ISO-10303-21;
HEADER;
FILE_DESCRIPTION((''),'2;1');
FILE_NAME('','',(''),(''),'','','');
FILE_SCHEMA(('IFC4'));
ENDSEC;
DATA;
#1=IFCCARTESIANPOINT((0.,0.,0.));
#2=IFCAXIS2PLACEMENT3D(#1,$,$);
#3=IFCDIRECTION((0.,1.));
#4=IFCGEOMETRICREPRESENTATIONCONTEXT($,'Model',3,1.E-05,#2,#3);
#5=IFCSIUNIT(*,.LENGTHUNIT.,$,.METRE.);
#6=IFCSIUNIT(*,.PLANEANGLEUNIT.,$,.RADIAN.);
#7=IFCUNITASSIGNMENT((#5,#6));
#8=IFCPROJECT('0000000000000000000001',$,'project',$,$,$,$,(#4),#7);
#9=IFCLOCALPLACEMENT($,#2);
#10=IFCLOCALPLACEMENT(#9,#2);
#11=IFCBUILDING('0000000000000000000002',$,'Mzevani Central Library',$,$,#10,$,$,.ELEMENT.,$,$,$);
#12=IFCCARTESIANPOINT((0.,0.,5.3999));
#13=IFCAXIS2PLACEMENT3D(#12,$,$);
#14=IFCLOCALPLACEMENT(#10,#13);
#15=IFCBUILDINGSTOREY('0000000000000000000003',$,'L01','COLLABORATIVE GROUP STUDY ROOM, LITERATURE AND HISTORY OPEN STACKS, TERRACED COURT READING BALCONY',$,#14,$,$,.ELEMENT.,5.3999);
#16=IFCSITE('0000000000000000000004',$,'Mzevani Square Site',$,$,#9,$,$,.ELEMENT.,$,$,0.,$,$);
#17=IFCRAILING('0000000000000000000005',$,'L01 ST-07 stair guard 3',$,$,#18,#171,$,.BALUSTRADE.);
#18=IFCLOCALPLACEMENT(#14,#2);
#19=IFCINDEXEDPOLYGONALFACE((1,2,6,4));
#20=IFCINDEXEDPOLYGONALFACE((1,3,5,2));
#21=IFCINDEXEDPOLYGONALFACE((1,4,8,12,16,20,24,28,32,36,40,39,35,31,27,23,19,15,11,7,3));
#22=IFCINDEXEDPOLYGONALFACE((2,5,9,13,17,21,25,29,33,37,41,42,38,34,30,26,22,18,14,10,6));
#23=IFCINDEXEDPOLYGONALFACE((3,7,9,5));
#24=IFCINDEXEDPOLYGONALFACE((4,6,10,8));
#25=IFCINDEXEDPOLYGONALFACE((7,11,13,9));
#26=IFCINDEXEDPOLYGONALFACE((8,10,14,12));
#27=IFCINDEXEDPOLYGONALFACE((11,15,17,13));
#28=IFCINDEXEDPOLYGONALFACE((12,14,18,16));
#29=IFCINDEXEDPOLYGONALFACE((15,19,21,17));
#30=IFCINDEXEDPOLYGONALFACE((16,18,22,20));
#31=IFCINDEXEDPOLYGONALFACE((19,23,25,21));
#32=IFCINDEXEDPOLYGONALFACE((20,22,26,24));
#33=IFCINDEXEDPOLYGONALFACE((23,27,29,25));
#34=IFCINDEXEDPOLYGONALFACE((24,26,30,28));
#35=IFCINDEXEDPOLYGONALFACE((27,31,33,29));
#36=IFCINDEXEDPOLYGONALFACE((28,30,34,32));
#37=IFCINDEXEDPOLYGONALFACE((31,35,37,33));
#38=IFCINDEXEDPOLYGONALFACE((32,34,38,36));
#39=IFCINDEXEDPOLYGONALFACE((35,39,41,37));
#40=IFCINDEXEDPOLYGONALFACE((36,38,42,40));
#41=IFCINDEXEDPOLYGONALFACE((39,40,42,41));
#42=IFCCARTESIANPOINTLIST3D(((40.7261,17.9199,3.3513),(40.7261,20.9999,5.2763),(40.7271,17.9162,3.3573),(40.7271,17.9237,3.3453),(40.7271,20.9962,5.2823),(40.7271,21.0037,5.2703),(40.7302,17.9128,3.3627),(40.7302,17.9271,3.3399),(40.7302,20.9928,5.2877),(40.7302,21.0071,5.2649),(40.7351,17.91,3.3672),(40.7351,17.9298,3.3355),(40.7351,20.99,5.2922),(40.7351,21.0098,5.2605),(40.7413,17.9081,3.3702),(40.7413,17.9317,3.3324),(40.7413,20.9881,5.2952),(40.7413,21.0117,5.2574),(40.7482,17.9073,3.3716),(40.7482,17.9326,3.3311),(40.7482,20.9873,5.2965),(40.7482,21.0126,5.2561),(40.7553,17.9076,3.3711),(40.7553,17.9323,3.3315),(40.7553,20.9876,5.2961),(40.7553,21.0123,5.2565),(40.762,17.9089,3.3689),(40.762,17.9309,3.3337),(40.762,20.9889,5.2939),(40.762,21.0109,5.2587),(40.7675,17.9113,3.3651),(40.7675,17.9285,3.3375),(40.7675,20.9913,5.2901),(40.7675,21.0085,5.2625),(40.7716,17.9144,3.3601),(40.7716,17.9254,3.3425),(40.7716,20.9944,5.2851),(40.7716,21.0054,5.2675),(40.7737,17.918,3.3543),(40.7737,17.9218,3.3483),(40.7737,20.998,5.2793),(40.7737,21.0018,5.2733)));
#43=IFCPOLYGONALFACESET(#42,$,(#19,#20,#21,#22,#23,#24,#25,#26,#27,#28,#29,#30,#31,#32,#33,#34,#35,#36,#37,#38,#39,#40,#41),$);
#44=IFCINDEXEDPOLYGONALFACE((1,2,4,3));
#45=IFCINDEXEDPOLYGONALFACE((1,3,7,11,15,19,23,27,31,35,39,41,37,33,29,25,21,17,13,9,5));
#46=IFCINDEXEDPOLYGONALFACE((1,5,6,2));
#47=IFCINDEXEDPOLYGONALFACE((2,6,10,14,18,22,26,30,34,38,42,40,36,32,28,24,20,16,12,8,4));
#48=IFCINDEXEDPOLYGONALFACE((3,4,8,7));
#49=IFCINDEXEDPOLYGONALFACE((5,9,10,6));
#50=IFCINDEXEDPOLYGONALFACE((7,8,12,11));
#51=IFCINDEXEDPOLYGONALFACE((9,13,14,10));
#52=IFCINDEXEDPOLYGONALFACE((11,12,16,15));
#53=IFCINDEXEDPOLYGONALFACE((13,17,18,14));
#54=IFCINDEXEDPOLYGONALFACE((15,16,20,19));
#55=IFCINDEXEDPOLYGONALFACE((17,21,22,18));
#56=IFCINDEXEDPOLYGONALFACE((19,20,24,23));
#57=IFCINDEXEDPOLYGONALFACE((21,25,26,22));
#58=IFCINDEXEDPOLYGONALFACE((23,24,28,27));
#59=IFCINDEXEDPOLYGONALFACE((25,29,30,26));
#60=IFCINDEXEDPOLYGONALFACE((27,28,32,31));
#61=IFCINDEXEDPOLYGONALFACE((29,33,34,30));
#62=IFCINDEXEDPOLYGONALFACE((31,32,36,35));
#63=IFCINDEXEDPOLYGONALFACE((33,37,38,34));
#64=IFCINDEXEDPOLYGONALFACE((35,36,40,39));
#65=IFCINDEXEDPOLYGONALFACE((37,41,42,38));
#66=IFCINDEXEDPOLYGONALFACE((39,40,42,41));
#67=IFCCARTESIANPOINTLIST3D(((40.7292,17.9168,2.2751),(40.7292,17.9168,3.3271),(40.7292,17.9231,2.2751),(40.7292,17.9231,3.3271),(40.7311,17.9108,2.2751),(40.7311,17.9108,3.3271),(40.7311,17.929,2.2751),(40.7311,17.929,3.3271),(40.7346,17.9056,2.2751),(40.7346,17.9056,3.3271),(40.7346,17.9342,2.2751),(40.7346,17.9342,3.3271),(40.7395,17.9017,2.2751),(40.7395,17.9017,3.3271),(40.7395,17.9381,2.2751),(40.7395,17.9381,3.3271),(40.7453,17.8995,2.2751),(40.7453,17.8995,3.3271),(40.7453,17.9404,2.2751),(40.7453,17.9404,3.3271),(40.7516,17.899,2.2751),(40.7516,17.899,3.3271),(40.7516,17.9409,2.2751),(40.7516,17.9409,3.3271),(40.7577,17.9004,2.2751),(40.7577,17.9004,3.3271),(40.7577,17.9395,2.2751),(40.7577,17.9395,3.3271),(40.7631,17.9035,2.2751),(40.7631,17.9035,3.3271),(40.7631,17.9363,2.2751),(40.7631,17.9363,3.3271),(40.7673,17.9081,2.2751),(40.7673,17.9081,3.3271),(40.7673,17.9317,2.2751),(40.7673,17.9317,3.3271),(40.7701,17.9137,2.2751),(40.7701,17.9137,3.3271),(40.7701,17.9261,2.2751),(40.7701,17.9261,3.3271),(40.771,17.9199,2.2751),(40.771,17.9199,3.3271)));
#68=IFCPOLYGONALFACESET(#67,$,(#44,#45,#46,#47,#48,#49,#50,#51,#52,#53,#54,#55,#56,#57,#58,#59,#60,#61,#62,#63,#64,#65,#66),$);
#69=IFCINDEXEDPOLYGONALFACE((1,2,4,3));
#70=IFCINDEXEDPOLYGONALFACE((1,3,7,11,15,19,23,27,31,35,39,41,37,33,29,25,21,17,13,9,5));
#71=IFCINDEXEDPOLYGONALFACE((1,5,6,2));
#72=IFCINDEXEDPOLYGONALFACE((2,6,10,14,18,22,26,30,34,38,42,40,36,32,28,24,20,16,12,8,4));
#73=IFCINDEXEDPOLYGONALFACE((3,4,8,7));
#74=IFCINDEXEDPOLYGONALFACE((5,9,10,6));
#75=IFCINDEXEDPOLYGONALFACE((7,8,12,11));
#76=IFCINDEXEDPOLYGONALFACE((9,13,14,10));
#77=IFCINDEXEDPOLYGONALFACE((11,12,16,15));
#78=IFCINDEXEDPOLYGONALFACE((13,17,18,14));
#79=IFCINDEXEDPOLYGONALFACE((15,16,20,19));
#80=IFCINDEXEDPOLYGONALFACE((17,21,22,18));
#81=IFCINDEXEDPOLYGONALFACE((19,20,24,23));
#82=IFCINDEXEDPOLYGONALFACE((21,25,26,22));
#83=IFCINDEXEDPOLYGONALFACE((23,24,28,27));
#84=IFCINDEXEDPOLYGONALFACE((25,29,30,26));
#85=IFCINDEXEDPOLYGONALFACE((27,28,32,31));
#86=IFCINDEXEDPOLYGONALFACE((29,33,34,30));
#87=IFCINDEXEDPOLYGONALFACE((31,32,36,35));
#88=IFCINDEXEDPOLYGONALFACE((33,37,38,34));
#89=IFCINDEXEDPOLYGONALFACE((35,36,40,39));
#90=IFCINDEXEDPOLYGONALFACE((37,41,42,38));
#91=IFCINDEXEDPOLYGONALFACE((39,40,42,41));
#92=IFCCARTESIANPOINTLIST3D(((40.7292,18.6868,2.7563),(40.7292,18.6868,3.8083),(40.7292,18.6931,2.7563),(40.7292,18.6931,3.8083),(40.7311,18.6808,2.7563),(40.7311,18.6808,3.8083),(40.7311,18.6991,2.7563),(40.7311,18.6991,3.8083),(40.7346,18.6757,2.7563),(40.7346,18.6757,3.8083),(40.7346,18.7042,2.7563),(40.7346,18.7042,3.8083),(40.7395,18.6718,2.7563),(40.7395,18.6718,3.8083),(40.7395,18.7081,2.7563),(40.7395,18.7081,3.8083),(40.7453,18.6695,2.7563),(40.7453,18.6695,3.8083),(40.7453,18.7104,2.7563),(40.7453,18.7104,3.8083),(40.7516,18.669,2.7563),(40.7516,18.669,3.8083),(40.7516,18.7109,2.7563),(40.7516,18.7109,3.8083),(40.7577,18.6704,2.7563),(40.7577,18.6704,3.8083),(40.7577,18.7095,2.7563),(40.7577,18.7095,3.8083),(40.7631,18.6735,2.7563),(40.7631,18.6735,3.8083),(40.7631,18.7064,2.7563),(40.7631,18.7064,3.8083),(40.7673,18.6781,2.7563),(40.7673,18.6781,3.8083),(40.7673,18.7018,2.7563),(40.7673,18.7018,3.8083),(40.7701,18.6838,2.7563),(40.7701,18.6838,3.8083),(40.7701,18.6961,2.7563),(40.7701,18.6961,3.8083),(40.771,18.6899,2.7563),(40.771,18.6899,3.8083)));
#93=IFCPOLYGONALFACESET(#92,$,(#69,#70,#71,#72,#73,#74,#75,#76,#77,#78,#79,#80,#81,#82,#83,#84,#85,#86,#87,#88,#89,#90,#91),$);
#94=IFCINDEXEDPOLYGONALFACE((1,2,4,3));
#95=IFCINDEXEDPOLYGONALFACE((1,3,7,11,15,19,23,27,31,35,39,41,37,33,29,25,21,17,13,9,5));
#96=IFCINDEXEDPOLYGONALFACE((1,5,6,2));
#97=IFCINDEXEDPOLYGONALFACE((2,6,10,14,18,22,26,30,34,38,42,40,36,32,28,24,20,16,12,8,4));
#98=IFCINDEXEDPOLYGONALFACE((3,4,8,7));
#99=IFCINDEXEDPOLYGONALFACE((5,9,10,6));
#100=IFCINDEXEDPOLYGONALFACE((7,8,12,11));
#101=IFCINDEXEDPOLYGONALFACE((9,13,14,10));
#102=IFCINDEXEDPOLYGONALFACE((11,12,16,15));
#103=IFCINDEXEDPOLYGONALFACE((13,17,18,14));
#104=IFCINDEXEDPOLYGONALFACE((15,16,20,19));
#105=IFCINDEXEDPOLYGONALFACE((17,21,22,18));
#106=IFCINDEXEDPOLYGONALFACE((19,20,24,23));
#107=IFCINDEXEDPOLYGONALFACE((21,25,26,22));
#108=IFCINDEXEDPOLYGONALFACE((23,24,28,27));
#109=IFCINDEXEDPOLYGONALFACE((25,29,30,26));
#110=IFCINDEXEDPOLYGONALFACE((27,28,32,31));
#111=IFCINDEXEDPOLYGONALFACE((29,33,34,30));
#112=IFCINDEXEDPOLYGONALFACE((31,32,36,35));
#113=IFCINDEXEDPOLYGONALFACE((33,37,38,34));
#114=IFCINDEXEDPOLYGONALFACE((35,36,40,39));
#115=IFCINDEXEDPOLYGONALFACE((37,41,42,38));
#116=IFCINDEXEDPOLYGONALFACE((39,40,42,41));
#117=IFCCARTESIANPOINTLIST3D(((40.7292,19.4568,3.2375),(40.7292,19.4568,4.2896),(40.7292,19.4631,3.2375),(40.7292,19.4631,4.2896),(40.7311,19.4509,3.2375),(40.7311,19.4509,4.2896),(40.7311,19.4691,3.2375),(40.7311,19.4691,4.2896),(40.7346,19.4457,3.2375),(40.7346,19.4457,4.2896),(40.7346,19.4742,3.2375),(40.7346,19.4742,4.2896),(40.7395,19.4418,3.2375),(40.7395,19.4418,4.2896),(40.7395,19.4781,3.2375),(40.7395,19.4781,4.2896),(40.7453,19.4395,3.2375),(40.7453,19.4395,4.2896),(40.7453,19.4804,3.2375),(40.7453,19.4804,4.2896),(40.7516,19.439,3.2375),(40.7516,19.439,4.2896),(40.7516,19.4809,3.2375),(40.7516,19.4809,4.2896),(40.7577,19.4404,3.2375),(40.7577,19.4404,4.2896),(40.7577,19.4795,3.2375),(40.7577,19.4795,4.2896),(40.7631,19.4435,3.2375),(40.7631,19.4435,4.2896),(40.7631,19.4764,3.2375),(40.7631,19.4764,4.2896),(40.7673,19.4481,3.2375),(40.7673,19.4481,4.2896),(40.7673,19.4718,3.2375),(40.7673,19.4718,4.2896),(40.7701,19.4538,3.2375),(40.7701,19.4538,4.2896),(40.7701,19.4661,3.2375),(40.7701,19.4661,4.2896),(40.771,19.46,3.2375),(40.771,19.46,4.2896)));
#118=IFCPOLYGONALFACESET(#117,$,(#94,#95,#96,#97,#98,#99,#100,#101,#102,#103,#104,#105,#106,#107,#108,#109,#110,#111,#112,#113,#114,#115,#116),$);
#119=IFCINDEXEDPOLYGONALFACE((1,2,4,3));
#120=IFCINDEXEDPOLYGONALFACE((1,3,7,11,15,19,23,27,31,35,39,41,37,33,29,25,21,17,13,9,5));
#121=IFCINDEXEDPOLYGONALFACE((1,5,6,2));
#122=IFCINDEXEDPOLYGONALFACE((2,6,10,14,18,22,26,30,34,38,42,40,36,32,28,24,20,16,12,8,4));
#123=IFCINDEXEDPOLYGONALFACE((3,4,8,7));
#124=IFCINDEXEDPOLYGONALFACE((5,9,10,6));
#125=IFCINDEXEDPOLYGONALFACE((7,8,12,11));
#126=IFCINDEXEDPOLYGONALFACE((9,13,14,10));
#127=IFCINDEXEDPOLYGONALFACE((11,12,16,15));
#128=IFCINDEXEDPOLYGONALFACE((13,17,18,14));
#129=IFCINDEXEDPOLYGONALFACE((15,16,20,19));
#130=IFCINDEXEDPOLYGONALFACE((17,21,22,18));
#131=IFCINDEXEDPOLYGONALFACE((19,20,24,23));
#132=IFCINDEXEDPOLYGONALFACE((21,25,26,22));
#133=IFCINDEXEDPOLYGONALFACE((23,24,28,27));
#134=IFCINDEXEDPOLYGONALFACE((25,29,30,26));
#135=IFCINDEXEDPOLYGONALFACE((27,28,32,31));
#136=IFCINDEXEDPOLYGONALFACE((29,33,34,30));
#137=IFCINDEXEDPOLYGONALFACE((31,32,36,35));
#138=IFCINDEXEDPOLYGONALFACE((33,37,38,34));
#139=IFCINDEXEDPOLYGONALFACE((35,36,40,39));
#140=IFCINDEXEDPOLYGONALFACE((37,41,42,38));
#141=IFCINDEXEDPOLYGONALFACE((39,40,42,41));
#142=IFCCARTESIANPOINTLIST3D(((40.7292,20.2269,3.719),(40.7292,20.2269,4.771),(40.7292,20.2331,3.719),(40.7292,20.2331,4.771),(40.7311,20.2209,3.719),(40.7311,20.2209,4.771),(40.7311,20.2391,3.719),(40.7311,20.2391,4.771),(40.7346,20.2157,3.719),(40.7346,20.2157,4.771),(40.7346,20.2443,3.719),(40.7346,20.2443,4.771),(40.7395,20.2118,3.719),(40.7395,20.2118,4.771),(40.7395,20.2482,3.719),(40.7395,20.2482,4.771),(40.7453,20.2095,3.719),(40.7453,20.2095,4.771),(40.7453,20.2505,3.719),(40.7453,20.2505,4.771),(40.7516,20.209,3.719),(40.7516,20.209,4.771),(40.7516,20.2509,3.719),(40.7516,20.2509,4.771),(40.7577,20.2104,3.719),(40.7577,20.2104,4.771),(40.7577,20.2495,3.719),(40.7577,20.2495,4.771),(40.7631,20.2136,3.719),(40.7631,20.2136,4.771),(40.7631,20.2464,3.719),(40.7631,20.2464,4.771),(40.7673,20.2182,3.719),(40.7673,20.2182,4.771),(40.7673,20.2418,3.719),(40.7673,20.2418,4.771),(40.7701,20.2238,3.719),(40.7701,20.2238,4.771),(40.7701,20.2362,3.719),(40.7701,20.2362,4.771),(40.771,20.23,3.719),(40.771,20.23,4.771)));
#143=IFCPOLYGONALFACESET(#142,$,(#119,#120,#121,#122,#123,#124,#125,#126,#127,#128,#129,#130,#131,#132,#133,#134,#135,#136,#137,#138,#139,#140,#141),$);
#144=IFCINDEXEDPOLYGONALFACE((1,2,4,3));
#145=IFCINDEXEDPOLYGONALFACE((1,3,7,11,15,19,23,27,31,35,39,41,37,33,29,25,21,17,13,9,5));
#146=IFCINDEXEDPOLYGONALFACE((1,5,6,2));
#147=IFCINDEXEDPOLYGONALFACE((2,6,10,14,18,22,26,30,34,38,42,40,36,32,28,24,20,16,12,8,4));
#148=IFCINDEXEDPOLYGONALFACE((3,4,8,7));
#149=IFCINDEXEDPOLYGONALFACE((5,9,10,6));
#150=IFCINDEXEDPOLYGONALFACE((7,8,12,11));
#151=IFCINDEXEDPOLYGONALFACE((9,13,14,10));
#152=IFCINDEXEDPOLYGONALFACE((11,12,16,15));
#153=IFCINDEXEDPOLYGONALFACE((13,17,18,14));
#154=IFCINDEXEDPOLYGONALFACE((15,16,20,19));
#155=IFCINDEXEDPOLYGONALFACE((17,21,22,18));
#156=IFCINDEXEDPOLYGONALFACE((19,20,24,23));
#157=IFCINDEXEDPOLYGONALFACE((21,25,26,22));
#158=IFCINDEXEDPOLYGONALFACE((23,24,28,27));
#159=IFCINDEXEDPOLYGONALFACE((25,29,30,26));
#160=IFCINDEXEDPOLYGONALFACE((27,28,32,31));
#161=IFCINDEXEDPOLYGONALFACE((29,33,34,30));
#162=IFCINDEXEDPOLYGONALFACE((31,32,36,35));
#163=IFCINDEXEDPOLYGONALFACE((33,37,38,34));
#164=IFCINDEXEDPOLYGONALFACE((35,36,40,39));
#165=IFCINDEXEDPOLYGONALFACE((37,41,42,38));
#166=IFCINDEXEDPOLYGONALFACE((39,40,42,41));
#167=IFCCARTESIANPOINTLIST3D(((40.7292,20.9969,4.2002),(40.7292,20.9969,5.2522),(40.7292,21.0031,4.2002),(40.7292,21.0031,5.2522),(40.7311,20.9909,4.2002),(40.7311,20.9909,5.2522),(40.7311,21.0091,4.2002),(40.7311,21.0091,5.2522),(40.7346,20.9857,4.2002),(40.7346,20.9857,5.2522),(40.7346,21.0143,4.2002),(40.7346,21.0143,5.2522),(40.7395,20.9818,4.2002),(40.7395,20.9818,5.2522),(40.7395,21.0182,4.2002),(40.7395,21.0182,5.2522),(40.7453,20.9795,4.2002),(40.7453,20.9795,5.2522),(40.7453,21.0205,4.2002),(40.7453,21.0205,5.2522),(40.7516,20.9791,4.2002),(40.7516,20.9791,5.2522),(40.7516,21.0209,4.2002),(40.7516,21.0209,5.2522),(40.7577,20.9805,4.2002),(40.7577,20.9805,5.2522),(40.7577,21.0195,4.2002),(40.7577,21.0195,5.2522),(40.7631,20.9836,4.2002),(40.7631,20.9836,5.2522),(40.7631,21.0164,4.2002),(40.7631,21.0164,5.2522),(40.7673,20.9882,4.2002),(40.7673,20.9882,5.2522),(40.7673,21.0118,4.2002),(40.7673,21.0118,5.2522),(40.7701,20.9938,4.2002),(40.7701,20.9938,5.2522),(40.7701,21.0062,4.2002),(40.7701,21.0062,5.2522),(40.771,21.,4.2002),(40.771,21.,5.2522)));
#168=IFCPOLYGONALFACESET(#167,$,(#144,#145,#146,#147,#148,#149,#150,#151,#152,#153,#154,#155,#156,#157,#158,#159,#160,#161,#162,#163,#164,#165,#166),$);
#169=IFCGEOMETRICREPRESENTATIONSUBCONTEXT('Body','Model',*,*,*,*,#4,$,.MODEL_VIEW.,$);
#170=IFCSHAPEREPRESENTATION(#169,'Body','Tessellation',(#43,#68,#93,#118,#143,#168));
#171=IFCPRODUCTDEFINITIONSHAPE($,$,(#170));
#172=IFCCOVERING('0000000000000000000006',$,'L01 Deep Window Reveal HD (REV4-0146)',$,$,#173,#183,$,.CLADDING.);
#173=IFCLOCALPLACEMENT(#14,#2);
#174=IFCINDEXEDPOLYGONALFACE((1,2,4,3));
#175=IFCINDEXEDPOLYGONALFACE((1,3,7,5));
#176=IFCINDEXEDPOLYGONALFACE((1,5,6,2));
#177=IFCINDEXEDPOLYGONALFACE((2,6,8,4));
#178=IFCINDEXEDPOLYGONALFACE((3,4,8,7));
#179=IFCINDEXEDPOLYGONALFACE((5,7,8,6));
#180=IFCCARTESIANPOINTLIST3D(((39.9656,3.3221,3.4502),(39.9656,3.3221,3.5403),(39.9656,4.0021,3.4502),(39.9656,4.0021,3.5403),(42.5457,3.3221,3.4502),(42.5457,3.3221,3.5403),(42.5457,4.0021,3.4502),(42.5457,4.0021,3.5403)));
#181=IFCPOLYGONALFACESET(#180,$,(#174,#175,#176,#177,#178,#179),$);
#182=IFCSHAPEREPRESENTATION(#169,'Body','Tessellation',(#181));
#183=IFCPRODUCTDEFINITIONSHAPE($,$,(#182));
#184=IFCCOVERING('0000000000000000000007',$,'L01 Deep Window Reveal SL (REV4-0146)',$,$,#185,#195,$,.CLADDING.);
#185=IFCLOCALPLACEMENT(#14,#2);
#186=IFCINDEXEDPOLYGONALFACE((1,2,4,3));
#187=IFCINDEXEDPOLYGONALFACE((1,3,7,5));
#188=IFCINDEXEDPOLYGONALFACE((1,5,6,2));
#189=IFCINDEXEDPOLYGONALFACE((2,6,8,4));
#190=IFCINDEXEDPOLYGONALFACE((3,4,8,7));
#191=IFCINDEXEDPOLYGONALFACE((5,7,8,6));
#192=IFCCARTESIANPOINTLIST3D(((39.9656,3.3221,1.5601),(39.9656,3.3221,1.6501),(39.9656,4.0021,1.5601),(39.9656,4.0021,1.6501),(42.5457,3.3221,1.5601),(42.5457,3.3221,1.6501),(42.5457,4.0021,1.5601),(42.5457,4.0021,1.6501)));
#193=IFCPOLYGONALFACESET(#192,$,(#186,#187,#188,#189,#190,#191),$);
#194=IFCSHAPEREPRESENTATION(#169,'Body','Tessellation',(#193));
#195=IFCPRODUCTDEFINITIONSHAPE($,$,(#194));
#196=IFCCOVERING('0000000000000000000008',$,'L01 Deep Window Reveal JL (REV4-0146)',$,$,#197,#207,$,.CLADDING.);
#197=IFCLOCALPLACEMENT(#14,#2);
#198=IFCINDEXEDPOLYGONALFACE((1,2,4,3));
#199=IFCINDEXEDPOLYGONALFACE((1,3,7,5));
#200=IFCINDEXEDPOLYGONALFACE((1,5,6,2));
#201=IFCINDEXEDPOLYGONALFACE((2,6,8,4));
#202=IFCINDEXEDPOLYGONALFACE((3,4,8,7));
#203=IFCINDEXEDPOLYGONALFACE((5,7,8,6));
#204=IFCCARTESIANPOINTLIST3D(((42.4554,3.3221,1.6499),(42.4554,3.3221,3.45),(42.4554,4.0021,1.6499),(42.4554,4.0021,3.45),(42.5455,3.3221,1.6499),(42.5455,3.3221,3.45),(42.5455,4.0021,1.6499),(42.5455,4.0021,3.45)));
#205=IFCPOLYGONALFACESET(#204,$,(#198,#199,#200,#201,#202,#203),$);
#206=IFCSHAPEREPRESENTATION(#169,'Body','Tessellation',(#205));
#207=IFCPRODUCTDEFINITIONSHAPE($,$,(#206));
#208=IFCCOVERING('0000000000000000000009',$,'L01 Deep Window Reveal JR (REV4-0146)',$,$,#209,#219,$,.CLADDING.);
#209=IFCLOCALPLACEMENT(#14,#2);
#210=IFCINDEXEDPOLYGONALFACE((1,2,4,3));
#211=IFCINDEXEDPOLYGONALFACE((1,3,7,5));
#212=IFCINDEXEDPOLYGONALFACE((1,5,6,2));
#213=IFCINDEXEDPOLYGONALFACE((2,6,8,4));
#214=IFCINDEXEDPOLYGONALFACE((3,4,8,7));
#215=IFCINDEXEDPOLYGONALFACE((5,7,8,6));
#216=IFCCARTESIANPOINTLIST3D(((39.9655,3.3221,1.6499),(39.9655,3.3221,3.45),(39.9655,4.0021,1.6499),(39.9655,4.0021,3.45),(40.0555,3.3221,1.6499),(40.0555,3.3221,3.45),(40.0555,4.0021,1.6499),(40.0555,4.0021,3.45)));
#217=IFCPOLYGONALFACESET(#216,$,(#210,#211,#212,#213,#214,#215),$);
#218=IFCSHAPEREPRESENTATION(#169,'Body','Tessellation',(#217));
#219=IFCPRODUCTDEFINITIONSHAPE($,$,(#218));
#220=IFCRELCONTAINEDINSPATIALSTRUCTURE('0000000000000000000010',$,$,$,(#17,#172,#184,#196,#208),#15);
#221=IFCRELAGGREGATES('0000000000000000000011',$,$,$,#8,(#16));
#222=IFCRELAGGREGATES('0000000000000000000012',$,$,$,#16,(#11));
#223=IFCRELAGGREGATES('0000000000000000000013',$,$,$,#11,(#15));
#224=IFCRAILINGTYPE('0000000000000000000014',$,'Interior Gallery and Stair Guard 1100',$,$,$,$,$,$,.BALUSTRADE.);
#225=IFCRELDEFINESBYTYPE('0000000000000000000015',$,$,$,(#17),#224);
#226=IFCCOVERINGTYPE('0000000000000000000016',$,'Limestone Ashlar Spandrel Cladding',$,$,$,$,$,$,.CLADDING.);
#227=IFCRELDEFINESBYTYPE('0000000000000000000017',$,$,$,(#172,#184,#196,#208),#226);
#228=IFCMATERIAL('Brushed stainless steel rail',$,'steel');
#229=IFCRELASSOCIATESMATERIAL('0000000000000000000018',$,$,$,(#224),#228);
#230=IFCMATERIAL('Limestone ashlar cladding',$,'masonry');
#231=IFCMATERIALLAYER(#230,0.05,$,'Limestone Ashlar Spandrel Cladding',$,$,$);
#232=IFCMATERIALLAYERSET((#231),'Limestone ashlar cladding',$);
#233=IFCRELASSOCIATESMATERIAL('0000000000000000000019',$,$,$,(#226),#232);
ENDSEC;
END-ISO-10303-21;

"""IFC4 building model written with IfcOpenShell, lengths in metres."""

from ifc_helpers import new_model, si_unit, direction, frame, origin, origin_2d, place, context, subcontext, project, spatial, rectangle, circle, extrude, material, layer, layer_set, type_object, element, save


model = new_model("IFC4")

# Units and contexts
model_context = context("Model", 3, precision=1e-05, world=origin(), true_north=direction((0.0, 1.0)))
body_context = subcontext(model_context, "Body", "Model", "MODEL_VIEW")
ifc_project = project(units=[si_unit("LENGTHUNIT", "METRE"), si_unit("PLANEANGLEUNIT", "RADIAN")], contexts=[model_context])

# Site, building, storey
site_placement = place(None, origin())
site = spatial("IfcSite", under=ifc_project, at=site_placement, Name="Mzevani Square Site", CompositionType="ELEMENT", RefElevation=0.0)
building_placement = place(site_placement, origin())
building = spatial("IfcBuilding", under=site, at=building_placement, Name="Mzevani Central Library", CompositionType="ELEMENT")
storey_placement = place(building_placement, frame((0.0, 0.0, 5.3999)))
storey = spatial("IfcBuildingStorey", under=building, at=storey_placement, Name="L01", Description="COLLABORATIVE GROUP STUDY ROOM, LITERATURE AND HISTORY OPEN STACKS, TERRACED COURT READING BALCONY", CompositionType="ELEMENT", Elevation=5.3999)

# Railing
ifc_material_1 = material(Name="Brushed stainless steel rail", Category="steel")
railing_type_1 = type_object("IfcRailingType", Name="Interior Gallery and Stair Guard 1100", PredefinedType="BALUSTRADE", material=ifc_material_1)
railing_1_placement = place(storey_placement, frame((40.75, 17.9199, 2.2751)))
element("IfcRailing", 1, at=railing_1_placement, inside=storey, type_object=railing_type_1, Name="L01 ST-07 stair guard 3", PredefinedType="BALUSTRADE", context=body_context, shape_type="SweptSolid", body=[
    extrude(circle(Radius=0.0239, at=origin_2d()), frame((0.0, 0.0, 1.0762), z_axis=(0.0, 0.847998, 0.529999), x_axis=(-1.0, 0.0, 0.0)), (0.0, 0.0, 1.0), 3.6321),
    extrude(circle(Radius=0.021, at=origin_2d()), origin(), (0.0, 0.0, 1.0), 1.052),
    extrude(circle(Radius=0.021, at=origin_2d()), frame((0.0, 0.77, 0.4812)), (0.0, 0.0, 1.0), 1.052),
    extrude(circle(Radius=0.021, at=origin_2d()), frame((0.0, 1.54, 0.9624)), (0.0, 0.0, 1.0), 1.052),
    extrude(circle(Radius=0.021, at=origin_2d()), frame((0.0, 2.3101, 1.4438)), (0.0, 0.0, 1.0), 1.052),
    extrude(circle(Radius=0.021, at=origin_2d()), frame((0.0, 3.0801, 1.925)), (0.0, 0.0, 1.0), 1.052),
])

# Coverings
ifc_material_2 = material(Name="Limestone ashlar cladding", Category="masonry")
ifc_layer_1 = layer(ifc_material_2, 0.05, Name="Limestone Ashlar Spandrel Cladding")
ifc_layer_set_1 = layer_set([ifc_layer_1], Name="Limestone ashlar cladding")
covering_type = type_object("IfcCoveringType", Name="Limestone Ashlar Spandrel Cladding", PredefinedType="CLADDING", material=ifc_layer_set_1)
for number, where, z_axis, x_axis, name in (
    (2, (41.2556, 3.6621, 3.4502), (0.0, 0.0, 1.0), (-1.0, 0.0, 0.0), "L01 Deep Window Reveal HD (REV4-0146)"),
    (3, (41.2556, 3.6621, 1.5601), (0.0, 0.0, 1.0), (-1.0, 0.0, 0.0), "L01 Deep Window Reveal SL (REV4-0146)"),
):
    element("IfcCovering", number, at=place(storey_placement, frame(where, z_axis=z_axis, x_axis=x_axis)), inside=storey, type_object=covering_type, Name=name, PredefinedType="CLADDING", context=body_context, shape_type="SweptSolid", body=[
        extrude(rectangle(XDim=2.5801, YDim=0.6799, at=origin_2d()), origin(), (0.0, 0.0, 1.0), 0.0901),
    ])
for number, where, z_axis, x_axis, name in (
    (4, (42.5005, 3.6621, 1.6499), (0.0, 0.0, 1.0), (-1.0, 0.0, 0.0), "L01 Deep Window Reveal JL (REV4-0146)"),
    (5, (40.0105, 3.6621, 1.6499), (0.0, 0.0, 1.0), (-1.0, 0.0, 0.0), "L01 Deep Window Reveal JR (REV4-0146)"),
):
    element("IfcCovering", number, at=place(storey_placement, frame(where, z_axis=z_axis, x_axis=x_axis)), inside=storey, type_object=covering_type, Name=name, PredefinedType="CLADDING", context=body_context, shape_type="SweptSolid", body=[
        extrude(rectangle(XDim=0.0901, YDim=0.6799, at=origin_2d()), origin(), (0.0, 0.0, 1.0), 1.8),
    ])

save(model, "model.ifc")
